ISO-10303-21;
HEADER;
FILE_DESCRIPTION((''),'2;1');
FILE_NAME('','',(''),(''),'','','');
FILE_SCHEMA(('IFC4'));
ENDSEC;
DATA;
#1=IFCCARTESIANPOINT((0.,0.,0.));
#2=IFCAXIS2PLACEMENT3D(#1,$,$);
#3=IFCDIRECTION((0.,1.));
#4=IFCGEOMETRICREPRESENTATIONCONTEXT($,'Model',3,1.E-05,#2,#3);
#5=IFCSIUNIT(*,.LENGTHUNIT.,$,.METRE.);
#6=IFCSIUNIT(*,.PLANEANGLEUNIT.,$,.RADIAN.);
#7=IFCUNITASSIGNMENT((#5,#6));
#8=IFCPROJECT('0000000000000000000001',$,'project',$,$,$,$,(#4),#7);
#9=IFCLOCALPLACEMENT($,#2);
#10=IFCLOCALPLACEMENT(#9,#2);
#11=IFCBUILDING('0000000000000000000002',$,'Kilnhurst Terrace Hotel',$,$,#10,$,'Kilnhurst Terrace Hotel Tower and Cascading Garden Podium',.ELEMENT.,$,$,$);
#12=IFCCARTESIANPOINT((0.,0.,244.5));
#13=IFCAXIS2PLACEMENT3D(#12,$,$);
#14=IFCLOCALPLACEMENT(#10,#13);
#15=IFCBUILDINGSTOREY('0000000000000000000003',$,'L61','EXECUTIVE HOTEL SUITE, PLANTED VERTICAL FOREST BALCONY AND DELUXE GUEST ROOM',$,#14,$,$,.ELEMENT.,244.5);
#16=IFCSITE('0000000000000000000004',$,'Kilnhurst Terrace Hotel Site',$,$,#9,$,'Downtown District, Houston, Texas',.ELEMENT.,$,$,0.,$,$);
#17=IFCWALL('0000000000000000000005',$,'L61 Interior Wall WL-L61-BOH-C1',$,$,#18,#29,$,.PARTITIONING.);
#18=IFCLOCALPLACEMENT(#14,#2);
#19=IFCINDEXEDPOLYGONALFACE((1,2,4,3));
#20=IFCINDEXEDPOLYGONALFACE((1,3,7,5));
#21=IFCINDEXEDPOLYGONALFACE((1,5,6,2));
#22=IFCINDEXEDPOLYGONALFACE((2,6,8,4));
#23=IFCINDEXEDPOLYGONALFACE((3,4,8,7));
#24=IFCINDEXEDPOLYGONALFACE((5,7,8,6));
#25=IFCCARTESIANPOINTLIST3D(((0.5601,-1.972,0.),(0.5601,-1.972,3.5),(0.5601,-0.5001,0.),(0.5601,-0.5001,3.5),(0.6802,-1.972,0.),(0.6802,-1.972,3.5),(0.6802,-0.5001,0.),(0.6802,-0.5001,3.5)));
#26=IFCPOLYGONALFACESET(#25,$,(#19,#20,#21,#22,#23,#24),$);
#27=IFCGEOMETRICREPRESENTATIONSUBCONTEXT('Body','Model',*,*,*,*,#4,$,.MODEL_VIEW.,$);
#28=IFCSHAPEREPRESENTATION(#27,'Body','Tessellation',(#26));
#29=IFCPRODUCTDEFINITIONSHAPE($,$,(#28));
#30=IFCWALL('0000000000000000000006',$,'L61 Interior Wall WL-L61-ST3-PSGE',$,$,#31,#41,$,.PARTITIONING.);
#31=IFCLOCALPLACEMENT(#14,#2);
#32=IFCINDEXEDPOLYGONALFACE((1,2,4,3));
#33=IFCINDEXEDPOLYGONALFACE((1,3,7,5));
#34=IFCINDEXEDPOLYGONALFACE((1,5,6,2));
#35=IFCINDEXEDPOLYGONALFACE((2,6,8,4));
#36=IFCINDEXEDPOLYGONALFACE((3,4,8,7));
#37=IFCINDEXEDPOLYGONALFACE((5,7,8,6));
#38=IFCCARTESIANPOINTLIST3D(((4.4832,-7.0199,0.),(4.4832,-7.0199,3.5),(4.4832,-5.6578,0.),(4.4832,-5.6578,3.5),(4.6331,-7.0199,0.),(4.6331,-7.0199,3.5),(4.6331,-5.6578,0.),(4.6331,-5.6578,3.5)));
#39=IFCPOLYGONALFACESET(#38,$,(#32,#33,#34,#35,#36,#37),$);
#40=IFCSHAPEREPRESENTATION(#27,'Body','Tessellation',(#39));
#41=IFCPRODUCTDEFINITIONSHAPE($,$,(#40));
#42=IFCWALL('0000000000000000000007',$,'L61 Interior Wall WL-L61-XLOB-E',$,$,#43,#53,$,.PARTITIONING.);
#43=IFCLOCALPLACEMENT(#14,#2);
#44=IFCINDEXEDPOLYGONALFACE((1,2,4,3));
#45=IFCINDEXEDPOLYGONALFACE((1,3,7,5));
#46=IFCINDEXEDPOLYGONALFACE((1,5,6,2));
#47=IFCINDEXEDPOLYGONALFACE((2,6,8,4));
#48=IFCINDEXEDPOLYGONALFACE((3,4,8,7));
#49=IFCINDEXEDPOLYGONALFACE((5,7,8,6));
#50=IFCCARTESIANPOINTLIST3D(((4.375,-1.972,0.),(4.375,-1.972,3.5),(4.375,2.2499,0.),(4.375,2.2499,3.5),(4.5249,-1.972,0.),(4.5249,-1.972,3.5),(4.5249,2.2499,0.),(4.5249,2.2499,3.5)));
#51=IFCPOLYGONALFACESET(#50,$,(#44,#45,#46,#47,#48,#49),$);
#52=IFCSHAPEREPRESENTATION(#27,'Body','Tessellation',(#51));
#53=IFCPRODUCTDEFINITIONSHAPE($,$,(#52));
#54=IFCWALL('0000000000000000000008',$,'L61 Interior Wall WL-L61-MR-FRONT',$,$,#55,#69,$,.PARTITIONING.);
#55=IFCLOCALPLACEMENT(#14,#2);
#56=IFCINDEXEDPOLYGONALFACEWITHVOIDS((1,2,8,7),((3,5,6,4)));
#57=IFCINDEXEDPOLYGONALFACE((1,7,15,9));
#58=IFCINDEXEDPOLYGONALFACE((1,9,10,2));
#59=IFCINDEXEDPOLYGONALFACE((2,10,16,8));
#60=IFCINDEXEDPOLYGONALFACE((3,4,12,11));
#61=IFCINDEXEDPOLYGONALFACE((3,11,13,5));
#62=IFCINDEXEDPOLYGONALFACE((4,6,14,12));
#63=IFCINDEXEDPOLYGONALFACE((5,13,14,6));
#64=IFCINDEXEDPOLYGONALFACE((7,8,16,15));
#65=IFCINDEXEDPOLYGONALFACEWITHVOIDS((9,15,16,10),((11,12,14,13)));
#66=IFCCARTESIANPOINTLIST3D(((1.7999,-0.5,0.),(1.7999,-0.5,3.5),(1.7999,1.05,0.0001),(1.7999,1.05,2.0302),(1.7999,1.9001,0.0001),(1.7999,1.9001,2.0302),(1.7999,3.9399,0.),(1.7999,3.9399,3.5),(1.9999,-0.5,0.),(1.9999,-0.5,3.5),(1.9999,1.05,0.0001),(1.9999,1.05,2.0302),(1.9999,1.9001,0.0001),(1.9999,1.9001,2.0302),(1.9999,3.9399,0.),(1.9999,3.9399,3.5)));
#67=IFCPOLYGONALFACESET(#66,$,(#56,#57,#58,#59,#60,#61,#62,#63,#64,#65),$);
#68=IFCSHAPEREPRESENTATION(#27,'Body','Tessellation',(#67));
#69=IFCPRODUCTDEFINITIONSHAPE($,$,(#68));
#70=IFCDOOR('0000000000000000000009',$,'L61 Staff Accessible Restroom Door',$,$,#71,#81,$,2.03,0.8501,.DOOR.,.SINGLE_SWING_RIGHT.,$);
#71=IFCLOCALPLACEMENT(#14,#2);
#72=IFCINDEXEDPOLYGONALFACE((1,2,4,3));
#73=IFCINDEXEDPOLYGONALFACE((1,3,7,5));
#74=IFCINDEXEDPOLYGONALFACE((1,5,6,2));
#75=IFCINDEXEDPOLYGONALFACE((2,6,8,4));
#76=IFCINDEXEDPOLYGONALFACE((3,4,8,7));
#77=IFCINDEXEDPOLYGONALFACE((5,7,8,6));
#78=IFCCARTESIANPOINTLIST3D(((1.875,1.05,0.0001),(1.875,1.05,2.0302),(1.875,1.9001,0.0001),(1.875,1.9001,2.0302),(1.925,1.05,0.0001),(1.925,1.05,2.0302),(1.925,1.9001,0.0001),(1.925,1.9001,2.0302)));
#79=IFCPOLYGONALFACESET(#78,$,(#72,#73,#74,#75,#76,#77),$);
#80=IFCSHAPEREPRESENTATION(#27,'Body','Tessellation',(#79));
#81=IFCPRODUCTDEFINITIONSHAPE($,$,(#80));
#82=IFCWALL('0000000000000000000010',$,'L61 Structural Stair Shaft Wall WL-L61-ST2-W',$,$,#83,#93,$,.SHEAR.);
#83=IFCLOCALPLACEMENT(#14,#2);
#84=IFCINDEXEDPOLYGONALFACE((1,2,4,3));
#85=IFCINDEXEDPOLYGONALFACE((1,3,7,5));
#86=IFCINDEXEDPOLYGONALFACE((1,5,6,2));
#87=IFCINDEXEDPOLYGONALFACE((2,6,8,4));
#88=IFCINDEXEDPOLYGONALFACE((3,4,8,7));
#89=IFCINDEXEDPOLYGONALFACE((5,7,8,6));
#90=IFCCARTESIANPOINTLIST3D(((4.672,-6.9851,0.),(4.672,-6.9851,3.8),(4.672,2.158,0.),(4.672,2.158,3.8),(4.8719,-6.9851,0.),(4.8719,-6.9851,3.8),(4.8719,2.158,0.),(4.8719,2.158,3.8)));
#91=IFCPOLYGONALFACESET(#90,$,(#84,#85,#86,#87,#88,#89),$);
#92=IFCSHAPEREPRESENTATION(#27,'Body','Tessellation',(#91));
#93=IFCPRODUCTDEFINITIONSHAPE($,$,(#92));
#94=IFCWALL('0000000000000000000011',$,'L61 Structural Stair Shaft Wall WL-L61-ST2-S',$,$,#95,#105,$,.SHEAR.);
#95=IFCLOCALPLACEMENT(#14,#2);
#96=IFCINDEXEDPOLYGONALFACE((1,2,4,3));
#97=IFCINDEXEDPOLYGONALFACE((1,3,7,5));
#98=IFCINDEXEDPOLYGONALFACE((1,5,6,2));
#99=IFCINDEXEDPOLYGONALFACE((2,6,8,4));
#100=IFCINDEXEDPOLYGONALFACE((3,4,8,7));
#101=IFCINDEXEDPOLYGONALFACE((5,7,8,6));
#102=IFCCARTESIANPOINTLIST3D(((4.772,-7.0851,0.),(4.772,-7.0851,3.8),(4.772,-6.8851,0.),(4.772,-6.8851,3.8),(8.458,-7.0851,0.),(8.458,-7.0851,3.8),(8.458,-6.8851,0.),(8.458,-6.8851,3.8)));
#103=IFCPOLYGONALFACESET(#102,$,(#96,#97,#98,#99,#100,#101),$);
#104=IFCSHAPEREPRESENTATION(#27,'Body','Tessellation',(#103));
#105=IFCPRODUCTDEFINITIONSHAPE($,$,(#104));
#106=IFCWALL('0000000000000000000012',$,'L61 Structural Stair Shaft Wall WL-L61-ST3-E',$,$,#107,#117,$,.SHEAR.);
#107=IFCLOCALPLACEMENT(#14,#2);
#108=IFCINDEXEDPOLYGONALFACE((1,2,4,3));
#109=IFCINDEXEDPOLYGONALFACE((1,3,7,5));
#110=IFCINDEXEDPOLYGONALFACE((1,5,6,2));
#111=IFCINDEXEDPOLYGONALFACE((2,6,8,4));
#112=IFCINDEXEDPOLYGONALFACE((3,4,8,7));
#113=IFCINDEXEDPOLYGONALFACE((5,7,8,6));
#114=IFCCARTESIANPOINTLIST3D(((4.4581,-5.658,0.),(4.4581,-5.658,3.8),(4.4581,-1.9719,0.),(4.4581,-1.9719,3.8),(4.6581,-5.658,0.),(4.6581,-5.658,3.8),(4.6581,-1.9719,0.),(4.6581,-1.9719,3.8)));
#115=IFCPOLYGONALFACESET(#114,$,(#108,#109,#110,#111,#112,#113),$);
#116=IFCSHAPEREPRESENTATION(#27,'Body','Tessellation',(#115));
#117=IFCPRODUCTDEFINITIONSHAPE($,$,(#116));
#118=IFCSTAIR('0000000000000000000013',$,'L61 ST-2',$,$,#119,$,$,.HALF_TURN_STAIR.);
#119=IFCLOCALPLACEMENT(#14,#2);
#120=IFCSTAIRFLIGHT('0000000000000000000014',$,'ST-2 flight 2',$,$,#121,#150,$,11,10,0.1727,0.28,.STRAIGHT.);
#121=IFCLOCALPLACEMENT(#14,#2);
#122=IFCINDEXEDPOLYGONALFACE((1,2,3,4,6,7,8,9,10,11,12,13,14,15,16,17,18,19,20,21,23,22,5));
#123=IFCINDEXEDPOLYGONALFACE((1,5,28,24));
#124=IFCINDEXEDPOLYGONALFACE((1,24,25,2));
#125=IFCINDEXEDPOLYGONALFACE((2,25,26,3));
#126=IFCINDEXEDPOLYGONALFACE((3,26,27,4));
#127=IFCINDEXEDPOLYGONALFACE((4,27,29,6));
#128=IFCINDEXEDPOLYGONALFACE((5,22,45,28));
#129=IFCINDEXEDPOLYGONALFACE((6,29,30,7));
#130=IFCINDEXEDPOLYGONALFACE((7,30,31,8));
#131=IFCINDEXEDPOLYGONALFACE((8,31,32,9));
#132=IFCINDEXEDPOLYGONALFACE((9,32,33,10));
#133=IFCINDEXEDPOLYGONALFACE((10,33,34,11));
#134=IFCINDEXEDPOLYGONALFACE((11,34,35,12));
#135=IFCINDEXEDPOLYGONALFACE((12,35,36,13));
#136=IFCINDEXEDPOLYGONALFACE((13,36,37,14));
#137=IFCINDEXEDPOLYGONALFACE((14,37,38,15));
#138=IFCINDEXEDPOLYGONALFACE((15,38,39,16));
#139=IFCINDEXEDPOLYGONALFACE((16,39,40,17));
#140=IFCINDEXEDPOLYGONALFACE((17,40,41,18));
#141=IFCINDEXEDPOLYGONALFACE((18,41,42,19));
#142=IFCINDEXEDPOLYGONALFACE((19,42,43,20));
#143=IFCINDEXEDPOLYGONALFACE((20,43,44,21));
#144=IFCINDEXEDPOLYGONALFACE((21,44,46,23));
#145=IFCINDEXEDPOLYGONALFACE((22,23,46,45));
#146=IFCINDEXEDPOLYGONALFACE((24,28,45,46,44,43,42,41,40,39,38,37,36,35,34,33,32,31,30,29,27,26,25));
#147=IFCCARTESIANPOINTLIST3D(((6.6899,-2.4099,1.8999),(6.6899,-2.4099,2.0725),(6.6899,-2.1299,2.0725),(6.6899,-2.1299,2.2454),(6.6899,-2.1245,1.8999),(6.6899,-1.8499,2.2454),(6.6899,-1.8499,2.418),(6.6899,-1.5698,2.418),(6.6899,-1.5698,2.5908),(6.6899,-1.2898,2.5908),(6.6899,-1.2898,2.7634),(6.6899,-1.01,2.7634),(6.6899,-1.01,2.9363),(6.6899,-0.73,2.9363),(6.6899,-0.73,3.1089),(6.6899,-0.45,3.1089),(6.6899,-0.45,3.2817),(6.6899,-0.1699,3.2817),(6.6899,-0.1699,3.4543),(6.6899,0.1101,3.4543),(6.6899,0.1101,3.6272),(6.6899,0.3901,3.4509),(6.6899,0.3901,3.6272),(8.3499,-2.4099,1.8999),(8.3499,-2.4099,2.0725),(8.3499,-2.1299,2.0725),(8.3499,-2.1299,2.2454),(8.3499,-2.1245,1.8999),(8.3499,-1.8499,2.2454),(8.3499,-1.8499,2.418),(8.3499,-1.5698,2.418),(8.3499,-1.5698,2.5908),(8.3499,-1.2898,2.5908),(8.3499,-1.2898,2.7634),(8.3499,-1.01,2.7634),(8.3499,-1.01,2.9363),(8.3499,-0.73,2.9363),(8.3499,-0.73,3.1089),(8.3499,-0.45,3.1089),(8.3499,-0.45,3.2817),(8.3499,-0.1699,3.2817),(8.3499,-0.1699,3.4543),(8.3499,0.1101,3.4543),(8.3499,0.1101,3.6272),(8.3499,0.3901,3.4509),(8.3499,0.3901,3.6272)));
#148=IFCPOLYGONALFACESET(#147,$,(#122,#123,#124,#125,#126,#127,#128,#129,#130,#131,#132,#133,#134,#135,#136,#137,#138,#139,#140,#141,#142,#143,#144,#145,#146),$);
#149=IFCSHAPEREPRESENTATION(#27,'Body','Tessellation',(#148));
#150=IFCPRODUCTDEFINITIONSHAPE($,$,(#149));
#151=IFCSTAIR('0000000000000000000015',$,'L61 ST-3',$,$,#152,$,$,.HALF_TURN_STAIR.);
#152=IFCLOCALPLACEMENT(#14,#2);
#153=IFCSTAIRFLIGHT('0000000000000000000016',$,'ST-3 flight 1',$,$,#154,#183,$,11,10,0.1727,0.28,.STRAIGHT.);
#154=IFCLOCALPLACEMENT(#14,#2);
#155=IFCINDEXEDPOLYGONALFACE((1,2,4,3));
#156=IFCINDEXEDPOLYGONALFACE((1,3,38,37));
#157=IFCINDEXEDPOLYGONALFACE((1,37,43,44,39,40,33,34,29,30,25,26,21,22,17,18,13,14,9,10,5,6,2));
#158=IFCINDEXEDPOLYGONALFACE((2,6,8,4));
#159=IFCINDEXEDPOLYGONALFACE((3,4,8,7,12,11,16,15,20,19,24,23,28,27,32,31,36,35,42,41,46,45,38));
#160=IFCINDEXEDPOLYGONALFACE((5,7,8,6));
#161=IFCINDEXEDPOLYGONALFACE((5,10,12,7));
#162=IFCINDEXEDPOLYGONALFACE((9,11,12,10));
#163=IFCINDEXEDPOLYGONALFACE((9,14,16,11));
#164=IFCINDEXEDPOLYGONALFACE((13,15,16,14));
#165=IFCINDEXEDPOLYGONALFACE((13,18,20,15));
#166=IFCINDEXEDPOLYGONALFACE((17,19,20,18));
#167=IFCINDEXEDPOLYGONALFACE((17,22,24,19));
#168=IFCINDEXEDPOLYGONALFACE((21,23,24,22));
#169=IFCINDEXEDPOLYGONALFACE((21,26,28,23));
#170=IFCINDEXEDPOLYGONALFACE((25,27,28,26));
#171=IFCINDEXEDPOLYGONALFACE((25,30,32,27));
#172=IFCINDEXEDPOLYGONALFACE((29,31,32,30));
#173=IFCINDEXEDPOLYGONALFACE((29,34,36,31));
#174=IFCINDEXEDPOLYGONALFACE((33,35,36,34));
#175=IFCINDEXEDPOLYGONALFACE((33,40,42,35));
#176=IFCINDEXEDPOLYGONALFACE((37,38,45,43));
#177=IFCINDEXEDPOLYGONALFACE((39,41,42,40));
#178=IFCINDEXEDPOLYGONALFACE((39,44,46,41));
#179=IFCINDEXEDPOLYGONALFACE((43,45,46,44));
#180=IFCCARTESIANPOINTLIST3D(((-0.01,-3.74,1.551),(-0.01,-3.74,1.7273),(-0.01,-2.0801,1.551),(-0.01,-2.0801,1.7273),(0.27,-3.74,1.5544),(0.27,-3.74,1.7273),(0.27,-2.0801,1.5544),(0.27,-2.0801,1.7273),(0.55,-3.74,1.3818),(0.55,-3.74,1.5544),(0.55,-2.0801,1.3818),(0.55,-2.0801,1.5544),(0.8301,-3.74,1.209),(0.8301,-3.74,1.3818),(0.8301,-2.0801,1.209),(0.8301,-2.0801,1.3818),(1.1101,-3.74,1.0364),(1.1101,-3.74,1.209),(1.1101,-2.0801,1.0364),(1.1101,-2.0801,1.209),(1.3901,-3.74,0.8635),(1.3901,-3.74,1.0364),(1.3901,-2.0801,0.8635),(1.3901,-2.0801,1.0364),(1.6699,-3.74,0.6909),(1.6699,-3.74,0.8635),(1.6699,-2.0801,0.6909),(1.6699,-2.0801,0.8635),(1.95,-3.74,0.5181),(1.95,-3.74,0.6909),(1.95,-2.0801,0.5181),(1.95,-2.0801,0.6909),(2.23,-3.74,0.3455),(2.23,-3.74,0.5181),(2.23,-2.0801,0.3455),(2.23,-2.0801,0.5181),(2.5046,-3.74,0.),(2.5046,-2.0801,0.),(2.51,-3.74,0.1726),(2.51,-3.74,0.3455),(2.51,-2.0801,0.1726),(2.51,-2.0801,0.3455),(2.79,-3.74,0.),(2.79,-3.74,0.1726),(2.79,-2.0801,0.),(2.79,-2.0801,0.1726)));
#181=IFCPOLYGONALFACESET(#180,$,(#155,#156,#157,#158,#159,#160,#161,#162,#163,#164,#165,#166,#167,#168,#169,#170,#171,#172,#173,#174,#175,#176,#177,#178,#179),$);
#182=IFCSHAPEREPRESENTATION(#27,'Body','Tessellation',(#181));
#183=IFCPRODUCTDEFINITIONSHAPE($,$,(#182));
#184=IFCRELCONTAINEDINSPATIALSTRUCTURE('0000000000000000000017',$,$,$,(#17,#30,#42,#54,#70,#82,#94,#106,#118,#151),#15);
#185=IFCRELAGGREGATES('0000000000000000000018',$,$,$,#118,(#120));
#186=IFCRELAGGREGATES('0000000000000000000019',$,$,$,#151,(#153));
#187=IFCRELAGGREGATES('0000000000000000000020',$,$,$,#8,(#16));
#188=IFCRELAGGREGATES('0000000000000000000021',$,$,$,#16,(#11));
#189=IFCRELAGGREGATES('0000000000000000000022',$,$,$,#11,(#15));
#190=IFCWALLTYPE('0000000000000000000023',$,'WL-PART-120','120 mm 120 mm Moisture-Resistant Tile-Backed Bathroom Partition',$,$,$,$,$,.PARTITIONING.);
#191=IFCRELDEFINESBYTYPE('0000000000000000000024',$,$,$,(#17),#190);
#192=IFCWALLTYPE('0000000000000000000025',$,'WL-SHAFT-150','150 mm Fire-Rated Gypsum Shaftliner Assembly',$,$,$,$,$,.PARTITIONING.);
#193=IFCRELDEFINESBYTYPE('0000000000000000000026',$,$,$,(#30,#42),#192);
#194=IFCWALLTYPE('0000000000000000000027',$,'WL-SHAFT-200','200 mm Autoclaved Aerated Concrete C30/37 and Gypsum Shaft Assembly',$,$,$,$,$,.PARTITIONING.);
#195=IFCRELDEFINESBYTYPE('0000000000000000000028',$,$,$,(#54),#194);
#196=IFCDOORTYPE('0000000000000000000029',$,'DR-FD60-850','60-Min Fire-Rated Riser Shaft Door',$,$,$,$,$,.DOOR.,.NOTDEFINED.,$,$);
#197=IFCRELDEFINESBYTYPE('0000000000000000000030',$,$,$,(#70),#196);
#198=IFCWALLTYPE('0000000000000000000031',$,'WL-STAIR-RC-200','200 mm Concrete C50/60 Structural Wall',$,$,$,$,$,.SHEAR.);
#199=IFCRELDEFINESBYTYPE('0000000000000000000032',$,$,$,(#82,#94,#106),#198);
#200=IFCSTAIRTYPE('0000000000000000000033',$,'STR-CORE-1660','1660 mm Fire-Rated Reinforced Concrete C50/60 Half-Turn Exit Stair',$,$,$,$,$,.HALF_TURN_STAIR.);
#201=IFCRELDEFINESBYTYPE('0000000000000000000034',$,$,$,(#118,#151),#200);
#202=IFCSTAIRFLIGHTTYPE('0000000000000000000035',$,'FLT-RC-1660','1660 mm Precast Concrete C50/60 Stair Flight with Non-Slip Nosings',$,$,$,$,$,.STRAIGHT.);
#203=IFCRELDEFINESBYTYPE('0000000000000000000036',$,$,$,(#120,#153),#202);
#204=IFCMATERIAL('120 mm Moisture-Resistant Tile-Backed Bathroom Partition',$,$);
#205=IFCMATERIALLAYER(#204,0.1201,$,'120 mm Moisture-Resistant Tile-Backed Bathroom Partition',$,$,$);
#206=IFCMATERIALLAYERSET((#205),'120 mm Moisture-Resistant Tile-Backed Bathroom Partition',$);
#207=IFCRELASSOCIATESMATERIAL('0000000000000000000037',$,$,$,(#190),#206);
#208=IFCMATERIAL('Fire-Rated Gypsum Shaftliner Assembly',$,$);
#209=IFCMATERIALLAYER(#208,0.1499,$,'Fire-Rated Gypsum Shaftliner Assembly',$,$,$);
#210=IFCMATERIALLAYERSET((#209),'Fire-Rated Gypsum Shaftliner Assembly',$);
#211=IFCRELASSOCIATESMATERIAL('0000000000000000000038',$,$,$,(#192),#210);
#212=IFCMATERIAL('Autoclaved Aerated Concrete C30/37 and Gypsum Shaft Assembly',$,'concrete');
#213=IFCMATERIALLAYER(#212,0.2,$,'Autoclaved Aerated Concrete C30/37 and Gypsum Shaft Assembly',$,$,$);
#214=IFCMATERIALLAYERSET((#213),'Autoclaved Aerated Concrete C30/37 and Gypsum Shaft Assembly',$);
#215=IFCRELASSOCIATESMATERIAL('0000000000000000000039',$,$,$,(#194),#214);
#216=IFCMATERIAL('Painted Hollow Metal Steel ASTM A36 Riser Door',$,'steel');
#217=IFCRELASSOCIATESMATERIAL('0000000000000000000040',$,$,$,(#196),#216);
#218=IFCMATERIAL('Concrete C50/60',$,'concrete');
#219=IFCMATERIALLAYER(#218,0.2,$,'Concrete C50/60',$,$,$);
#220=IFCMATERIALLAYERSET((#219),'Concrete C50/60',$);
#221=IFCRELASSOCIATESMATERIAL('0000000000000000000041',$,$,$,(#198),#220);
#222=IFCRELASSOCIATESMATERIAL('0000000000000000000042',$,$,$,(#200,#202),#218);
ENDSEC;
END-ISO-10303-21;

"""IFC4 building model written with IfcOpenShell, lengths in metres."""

from ifc_helpers import new_model, si_unit, direction, frame, frame_2d, origin, place, context, subcontext, project, spatial, polyline, rectangle, outline, extrude, material, layer, layer_set, type_object, element, fill, aggregate, save


model = new_model("IFC4")

# Units and contexts
model_context = context("Model", 3, precision=1e-05, world=origin(), true_north=direction((0.0, 1.0)))
body_context = subcontext(model_context, "Body", "Model", "MODEL_VIEW")
ifc_project = project(units=[si_unit("LENGTHUNIT", "METRE"), si_unit("PLANEANGLEUNIT", "RADIAN")], contexts=[model_context])

# Site, building, storey
site_placement = place(None, origin())
site = spatial("IfcSite", under=ifc_project, at=site_placement, Name="Kilnhurst Terrace Hotel Site", LongName="Downtown District, Houston, Texas", CompositionType="ELEMENT", RefElevation=0.0)
building_placement = place(site_placement, origin())
building = spatial("IfcBuilding", under=site, at=building_placement, Name="Kilnhurst Terrace Hotel", LongName="Kilnhurst Terrace Hotel Tower and Cascading Garden Podium", CompositionType="ELEMENT")
storey_placement = place(building_placement, frame((0.0, 0.0, 244.5)))
storey = spatial("IfcBuildingStorey", under=building, at=storey_placement, Name="L61", Description="EXECUTIVE HOTEL SUITE, PLANTED VERTICAL FOREST BALCONY AND DELUXE GUEST ROOM", CompositionType="ELEMENT", Elevation=244.5)

# Walls
ifc_material_1 = material(Name="120 mm Moisture-Resistant Tile-Backed Bathroom Partition")
ifc_layer_1 = layer(ifc_material_1, 0.1201, Name="120 mm Moisture-Resistant Tile-Backed Bathroom Partition")
ifc_layer_set_1 = layer_set([ifc_layer_1], Name="120 mm Moisture-Resistant Tile-Backed Bathroom Partition")
wall_type_1 = type_object("IfcWallType", Name="WL-PART-120", Description="120 mm 120 mm Moisture-Resistant Tile-Backed Bathroom Partition", PredefinedType="PARTITIONING", material=ifc_layer_set_1)
wall_1_placement = place(storey_placement, frame((0.6201, -1.9719, 0.0), z_axis=(0.0, 0.0, 1.0), x_axis=(0.0, 1.0, 0.0)))
element("IfcWall", 1, at=wall_1_placement, inside=storey, type_object=wall_type_1, Name="L61 Interior Wall WL-L61-BOH-C1", PredefinedType="PARTITIONING", context=body_context, shape_type="SweptSolid", body=[
    extrude(rectangle(XDim=1.4719, YDim=0.1201, at=frame_2d((0.7358, 0.0))), origin(), (0.0, 0.0, 1.0), 3.5),
])
ifc_material_2 = material(Name="Fire-Rated Gypsum Shaftliner Assembly")
ifc_layer_2 = layer(ifc_material_2, 0.1499, Name="Fire-Rated Gypsum Shaftliner Assembly")
ifc_layer_set_2 = layer_set([ifc_layer_2], Name="Fire-Rated Gypsum Shaftliner Assembly")
wall_type_2 = type_object("IfcWallType", Name="WL-SHAFT-150", Description="150 mm Fire-Rated Gypsum Shaftliner Assembly", PredefinedType="PARTITIONING", material=ifc_layer_set_2)
wall_2_placement = place(storey_placement, frame((4.5581, -7.02, 0.0), z_axis=(0.0, 0.0, 1.0), x_axis=(0.0, 1.0, 0.0)))
element("IfcWall", 2, at=wall_2_placement, inside=storey, type_object=wall_type_2, Name="L61 Interior Wall WL-L61-ST3-PSGE", PredefinedType="PARTITIONING", context=body_context, shape_type="SweptSolid", body=[
    extrude(rectangle(XDim=1.3621, YDim=0.1499, at=frame_2d((0.6812, 0.0))), origin(), (0.0, 0.0, 1.0), 3.5),
])
wall_3_placement = place(storey_placement, frame((4.45, -1.9719, 0.0), z_axis=(0.0, 0.0, 1.0), x_axis=(0.0, 1.0, 0.0)))
element("IfcWall", 3, at=wall_3_placement, inside=storey, type_object=wall_type_2, Name="L61 Interior Wall WL-L61-XLOB-E", PredefinedType="PARTITIONING", context=body_context, shape_type="SweptSolid", body=[
    extrude(rectangle(XDim=4.2219, YDim=0.1499, at=frame_2d((2.1108, 0.0))), origin(), (0.0, 0.0, 1.0), 3.5),
])

# Wall, opening, door
ifc_material_3 = material(Name="Autoclaved Aerated Concrete C30/37 and Gypsum Shaft Assembly", Category="concrete")
ifc_layer_3 = layer(ifc_material_3, 0.2, Name="Autoclaved Aerated Concrete C30/37 and Gypsum Shaft Assembly")
ifc_layer_set_3 = layer_set([ifc_layer_3], Name="Autoclaved Aerated Concrete C30/37 and Gypsum Shaft Assembly")
wall_type_3 = type_object("IfcWallType", Name="WL-SHAFT-200", Description="200 mm Autoclaved Aerated Concrete C30/37 and Gypsum Shaft Assembly", PredefinedType="PARTITIONING", material=ifc_layer_set_3)
wall_4_placement = place(storey_placement, frame((1.8999, -0.5, 0.0), z_axis=(0.0, 0.0, 1.0), x_axis=(0.0, 1.0, 0.0)))
wall_4 = element("IfcWall", 4, at=wall_4_placement, inside=storey, type_object=wall_type_3, Name="L61 Interior Wall WL-L61-MR-FRONT", PredefinedType="PARTITIONING", context=body_context, shape_type="SweptSolid", body=[
    extrude(rectangle(XDim=4.4399, YDim=0.2, at=frame_2d((2.22, 0.0))), origin(), (0.0, 0.0, 1.0), 3.5),
])
opening_placement = place(wall_4_placement, frame((1.55, 0.0, 0.0)))
opening = element("IfcOpeningElement", 5, at=opening_placement, cuts=wall_4, PredefinedType="OPENING", context=body_context, shape_type="SweptSolid", body=[
    extrude(rectangle(XDim=0.8501, YDim=2.03, at=frame_2d((0.425, 1.0151))), frame((0.0, 0.1099, 0.0), z_axis=(0.0, -1.0, 0.0), x_axis=(1.0, 0.0, 0.0)), (0.0, 0.0, 1.0), 0.22),
])
ifc_material_4 = material(Name="Painted Hollow Metal Steel ASTM A36 Riser Door", Category="steel")
door_type = type_object("IfcDoorType", Name="DR-FD60-850", Description="60-Min Fire-Rated Riser Shaft Door", OperationType="NOTDEFINED", PredefinedType="DOOR", material=ifc_material_4)
door_placement = place(opening_placement, origin())
door = element("IfcDoor", 6, at=door_placement, inside=storey, type_object=door_type, Name="L61 Staff Accessible Restroom Door", OperationType="SINGLE_SWING_RIGHT", OverallHeight=2.03, OverallWidth=0.8501, PredefinedType="DOOR", context=body_context, shape_type="SweptSolid", body=[
    extrude(rectangle(XDim=0.8501, YDim=2.03, at=frame_2d((0.425, 1.0151))), frame((0.0, 0.0249, 0.0), z_axis=(0.0, -1.0, 0.0), x_axis=(1.0, 0.0, 0.0)), (0.0, 0.0, 1.0), 0.05),
])
fill(opening, door)

# Walls
ifc_material_5 = material(Name="Concrete C50/60", Category="concrete")
ifc_layer_4 = layer(ifc_material_5, 0.2, Name="Concrete C50/60")
ifc_layer_set_4 = layer_set([ifc_layer_4], Name="Concrete C50/60")
wall_type_4 = type_object("IfcWallType", Name="WL-STAIR-RC-200", Description="200 mm Concrete C50/60 Structural Wall", PredefinedType="SHEAR", material=ifc_layer_set_4)
wall_5_placement = place(storey_placement, frame((4.772, -6.9851, 0.0), z_axis=(0.0, 0.0, 1.0), x_axis=(0.0, 1.0, 0.0)))
element("IfcWall", 7, at=wall_5_placement, inside=storey, type_object=wall_type_4, Name="L61 Structural Stair Shaft Wall WL-L61-ST2-W", PredefinedType="SHEAR", context=body_context, shape_type="SweptSolid", body=[
    extrude(rectangle(XDim=9.1431, YDim=0.2, at=frame_2d((4.5715, 0.0))), origin(), (0.0, 0.0, 1.0), 3.8),
])
for number, where, z_axis, x_axis, name in (
    (8, (4.772, -6.9851, 0.0), (0.0, 0.0, 1.0), (1.0, 0.0, 0.0), "L61 Structural Stair Shaft Wall WL-L61-ST2-S"),
    (9, (4.5581, -5.658, 0.0), (0.0, 0.0, 1.0), (0.0, 1.0, 0.0), "L61 Structural Stair Shaft Wall WL-L61-ST3-E"),
):
    element("IfcWall", number, at=place(storey_placement, frame(where, z_axis=z_axis, x_axis=x_axis)), inside=storey, type_object=wall_type_4, Name=name, PredefinedType="SHEAR", context=body_context, shape_type="SweptSolid", body=[
        extrude(rectangle(XDim=3.686, YDim=0.2, at=frame_2d((1.843, 0.0))), origin(), (0.0, 0.0, 1.0), 3.8),
    ])

# Stair, stair flight
stair_type = type_object("IfcStairType", Name="STR-CORE-1660", Description="1660 mm Fire-Rated Reinforced Concrete C50/60 Half-Turn Exit Stair", PredefinedType="HALF_TURN_STAIR", material=ifc_material_5)
stair_1_placement = place(storey_placement, origin())
stair_1 = element("IfcStair", 10, at=stair_1_placement, inside=storey, type_object=stair_type, Name="L61 ST-2", PredefinedType="HALF_TURN_STAIR")
stair_flight_type = type_object("IfcStairFlightType", Name="FLT-RC-1660", Description="1660 mm Precast Concrete C50/60 Stair Flight with Non-Slip Nosings", PredefinedType="STRAIGHT", material=ifc_material_5)
stair_flight_1_placement = place(storey_placement, frame((7.52, -2.4099, 1.8999), z_axis=(0.0, 0.0, 1.0), x_axis=(0.0, 1.0, 0.0)))
stair_flight_1 = element("IfcStairFlight", 11, at=stair_flight_1_placement, type_object=stair_flight_type, Name="ST-2 flight 2", NumberOfRisers=11, NumberOfTreads=10, PredefinedType="STRAIGHT", RiserHeight=0.1727, TreadLength=0.28, context=body_context, shape_type="SweptSolid", body=[
    extrude(outline(polyline([(0.0, 0.0), (0.0, 0.1726), (0.28, 0.1726), (0.28, 0.3455), (0.5601, 0.3455), (0.5601, 0.5181), (0.8401, 0.5181), (0.8401, 0.6909), (1.1201, 0.6909), (1.1201, 0.8635), (1.3999, 0.8635), (1.3999, 1.0364), (1.6799, 1.0364), (1.6799, 1.209), (1.96, 1.209), (1.96, 1.3818), (2.24, 1.3818), (2.24, 1.5544), (2.52, 1.5544), (2.52, 1.7273), (2.8, 1.7273), (2.8, 1.8999), (2.8, 1.551), (0.2854, 0.0), (0.0, 0.0)])), frame((0.0, 0.8301, 0.0), z_axis=(0.0, -1.0, 0.0), x_axis=(1.0, 0.0, 0.0)), (0.0, 0.0, 1.0), 1.6599),
])
aggregate(stair_1, [stair_flight_1])

# Stair, stair flight
stair_2_placement = place(storey_placement, origin())
stair_2 = element("IfcStair", 12, at=stair_2_placement, inside=storey, type_object=stair_type, Name="L61 ST-3", PredefinedType="HALF_TURN_STAIR")
stair_flight_2_placement = place(storey_placement, frame((2.79, -2.9099, 0.0), z_axis=(0.0, 0.0, 1.0), x_axis=(-1.0, 0.0, 0.0)))
stair_flight_2 = element("IfcStairFlight", 13, at=stair_flight_2_placement, type_object=stair_flight_type, Name="ST-3 flight 1", NumberOfRisers=11, NumberOfTreads=10, PredefinedType="STRAIGHT", RiserHeight=0.1727, TreadLength=0.28, context=body_context, shape_type="SweptSolid", body=[
    extrude(outline(polyline([(0.0, 0.0), (0.0, 0.1726), (0.28, 0.1726), (0.28, 0.3455), (0.5601, 0.3455), (0.5601, 0.5181), (0.8401, 0.5181), (0.8401, 0.6909), (1.1201, 0.6909), (1.1201, 0.8635), (1.3999, 0.8635), (1.3999, 1.0364), (1.6799, 1.0364), (1.6799, 1.209), (1.96, 1.209), (1.96, 1.3818), (2.24, 1.3818), (2.24, 1.5544), (2.52, 1.5544), (2.52, 1.7273), (2.8, 1.7273), (2.8, 1.8999), (2.8, 1.551), (0.2854, 0.0), (0.0, 0.0)])), frame((0.0, 0.8301, 0.0), z_axis=(0.0, -1.0, 0.0), x_axis=(1.0, 0.0, 0.0)), (0.0, 0.0, 1.0), 1.6599),
])
aggregate(stair_2, [stair_flight_2])

save(model, "model.ifc")
